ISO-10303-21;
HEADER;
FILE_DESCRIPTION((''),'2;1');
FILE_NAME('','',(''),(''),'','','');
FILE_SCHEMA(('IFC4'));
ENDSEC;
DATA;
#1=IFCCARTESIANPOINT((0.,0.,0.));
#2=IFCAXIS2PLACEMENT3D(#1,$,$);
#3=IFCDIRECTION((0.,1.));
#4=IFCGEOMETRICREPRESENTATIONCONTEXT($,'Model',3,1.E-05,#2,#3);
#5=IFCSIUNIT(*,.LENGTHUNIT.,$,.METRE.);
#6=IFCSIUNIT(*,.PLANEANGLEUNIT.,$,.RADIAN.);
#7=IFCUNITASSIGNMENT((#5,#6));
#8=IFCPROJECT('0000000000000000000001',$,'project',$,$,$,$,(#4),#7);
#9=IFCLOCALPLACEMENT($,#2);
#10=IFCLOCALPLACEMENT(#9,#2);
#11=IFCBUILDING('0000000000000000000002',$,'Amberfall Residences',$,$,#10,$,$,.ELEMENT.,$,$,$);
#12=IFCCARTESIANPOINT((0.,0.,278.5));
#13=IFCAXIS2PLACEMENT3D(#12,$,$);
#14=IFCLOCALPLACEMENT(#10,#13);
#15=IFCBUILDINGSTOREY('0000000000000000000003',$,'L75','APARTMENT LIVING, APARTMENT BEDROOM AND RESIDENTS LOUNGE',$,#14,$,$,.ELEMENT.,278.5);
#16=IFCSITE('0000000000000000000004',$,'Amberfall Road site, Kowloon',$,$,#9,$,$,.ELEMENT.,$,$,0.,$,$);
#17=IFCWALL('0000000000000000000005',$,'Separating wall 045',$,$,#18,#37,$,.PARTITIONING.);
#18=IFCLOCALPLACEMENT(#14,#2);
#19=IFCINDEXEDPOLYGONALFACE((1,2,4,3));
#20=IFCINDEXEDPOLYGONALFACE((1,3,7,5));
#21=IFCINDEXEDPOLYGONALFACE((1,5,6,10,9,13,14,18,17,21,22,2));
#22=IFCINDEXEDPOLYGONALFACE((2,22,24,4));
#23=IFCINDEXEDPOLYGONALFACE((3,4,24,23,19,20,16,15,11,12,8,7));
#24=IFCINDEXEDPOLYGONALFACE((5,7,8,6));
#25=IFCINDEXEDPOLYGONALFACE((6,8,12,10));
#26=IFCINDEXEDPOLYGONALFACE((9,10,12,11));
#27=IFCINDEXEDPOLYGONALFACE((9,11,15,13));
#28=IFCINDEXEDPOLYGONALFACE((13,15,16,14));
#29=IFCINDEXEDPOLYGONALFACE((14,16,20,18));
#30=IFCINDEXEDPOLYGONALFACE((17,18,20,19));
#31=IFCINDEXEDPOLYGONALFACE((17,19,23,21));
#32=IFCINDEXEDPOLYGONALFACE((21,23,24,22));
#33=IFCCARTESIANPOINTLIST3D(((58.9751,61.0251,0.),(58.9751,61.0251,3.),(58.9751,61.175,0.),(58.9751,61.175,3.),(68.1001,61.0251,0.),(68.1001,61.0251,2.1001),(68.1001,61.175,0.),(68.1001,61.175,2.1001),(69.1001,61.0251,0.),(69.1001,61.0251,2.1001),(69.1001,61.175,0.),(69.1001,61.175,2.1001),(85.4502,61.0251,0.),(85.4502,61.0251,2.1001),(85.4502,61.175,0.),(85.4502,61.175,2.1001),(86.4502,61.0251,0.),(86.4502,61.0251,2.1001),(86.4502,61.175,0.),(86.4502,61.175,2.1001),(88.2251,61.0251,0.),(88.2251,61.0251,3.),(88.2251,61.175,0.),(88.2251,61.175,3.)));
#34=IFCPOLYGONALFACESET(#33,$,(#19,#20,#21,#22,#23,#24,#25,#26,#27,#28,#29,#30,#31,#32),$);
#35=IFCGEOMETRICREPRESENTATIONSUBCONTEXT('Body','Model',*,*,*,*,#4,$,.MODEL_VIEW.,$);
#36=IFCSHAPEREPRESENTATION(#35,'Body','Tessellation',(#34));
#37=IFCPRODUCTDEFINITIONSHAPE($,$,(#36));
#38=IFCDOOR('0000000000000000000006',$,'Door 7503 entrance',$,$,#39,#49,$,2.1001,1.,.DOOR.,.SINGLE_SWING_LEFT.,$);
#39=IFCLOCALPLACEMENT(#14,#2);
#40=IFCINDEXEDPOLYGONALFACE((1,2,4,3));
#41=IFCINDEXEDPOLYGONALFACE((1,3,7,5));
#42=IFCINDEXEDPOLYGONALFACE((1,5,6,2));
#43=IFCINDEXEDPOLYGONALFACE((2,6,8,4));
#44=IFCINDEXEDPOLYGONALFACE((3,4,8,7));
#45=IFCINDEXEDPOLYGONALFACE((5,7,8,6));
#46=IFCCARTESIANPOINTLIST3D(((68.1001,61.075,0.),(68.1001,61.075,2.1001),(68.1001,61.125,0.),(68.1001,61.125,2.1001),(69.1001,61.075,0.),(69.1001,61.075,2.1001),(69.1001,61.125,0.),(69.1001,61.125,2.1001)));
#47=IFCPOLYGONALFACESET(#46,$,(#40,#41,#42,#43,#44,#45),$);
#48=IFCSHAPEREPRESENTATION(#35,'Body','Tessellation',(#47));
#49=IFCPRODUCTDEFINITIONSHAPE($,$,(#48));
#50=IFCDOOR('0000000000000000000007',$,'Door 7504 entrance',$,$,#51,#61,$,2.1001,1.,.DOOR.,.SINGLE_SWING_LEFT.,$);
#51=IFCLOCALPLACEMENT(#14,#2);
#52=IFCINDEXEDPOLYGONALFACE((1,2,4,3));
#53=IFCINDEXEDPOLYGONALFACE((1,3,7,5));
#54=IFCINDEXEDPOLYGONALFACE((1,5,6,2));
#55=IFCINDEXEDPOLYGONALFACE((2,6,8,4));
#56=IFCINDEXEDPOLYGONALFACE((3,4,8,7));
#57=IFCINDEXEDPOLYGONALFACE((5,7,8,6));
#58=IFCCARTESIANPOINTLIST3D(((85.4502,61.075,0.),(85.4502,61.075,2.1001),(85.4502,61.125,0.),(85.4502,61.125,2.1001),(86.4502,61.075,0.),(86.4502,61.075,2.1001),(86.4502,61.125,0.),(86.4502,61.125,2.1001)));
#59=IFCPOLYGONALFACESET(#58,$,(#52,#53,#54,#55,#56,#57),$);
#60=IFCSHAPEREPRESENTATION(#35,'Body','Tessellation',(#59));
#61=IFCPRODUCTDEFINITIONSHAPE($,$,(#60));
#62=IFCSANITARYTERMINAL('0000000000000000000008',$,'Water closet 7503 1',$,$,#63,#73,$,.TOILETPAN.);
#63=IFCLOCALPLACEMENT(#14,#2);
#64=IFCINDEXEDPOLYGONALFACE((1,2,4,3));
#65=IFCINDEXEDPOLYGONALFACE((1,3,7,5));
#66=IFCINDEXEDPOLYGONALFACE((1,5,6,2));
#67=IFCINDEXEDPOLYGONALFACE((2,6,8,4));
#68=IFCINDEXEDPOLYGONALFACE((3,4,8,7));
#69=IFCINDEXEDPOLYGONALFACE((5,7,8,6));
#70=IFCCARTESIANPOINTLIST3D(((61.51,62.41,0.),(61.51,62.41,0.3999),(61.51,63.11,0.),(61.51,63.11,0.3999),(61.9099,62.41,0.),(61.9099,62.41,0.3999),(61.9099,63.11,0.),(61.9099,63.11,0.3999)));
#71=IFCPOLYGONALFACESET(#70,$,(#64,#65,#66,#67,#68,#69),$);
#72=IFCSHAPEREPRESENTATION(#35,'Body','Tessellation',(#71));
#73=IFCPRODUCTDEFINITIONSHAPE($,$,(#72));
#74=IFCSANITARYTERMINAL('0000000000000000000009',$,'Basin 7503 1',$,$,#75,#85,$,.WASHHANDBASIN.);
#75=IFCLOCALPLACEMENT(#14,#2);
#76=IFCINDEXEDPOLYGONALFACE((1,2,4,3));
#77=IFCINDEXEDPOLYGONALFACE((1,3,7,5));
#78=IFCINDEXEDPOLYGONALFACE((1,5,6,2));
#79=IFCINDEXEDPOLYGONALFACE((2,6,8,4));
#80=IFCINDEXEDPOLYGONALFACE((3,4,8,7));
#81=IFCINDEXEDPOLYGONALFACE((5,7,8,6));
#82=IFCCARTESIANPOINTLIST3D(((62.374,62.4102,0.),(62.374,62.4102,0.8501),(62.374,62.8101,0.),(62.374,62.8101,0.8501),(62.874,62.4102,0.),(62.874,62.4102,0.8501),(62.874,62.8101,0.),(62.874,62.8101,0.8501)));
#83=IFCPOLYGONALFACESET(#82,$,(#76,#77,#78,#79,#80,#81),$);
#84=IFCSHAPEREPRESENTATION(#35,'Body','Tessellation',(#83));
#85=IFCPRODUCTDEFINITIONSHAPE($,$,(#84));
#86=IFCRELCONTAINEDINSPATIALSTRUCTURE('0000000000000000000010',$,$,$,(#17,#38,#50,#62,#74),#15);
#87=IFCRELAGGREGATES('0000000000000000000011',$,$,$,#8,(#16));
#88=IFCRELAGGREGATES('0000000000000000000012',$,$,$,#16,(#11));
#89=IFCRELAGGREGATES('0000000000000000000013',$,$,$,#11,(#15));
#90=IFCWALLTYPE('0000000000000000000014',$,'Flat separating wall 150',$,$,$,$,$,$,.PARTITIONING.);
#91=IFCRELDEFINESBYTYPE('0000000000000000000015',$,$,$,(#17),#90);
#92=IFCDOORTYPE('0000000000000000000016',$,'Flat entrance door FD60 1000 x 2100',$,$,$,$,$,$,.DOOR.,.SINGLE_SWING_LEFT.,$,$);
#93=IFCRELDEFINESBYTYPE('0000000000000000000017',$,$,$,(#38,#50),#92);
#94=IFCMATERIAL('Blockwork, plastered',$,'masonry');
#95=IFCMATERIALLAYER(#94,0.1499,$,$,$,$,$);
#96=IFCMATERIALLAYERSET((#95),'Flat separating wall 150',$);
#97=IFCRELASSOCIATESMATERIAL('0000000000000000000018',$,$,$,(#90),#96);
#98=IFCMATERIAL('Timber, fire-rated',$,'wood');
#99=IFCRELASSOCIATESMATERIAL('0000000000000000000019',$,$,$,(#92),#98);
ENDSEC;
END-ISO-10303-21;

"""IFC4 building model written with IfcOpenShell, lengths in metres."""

from ifc_helpers import new_model, si_unit, direction, frame, frame_2d, origin, origin_2d, place, context, subcontext, project, spatial, rectangle, extrude, material, layer, layer_set, type_object, element, fill, save


model = new_model("IFC4")

# Units and contexts
model_context = context("Model", 3, precision=1e-05, world=origin(), true_north=direction((0.0, 1.0)))
body_context = subcontext(model_context, "Body", "Model", "MODEL_VIEW")
ifc_project = project(units=[si_unit("LENGTHUNIT", "METRE"), si_unit("PLANEANGLEUNIT", "RADIAN")], contexts=[model_context])

# Site, building, storey
site_placement = place(None, origin())
site = spatial("IfcSite", under=ifc_project, at=site_placement, Name="Amberfall Road site, Kowloon", CompositionType="ELEMENT", RefElevation=0.0)
building_placement = place(site_placement, origin())
building = spatial("IfcBuilding", under=site, at=building_placement, Name="Amberfall Residences", CompositionType="ELEMENT")
storey_placement = place(building_placement, frame((0.0, 0.0, 278.5)))
storey = spatial("IfcBuildingStorey", under=building, at=storey_placement, Name="L75", Description="APARTMENT LIVING, APARTMENT BEDROOM AND RESIDENTS LOUNGE", CompositionType="ELEMENT", Elevation=278.5)

# Shared definitions
ifc_material_1 = material(Name="Blockwork, plastered", Category="masonry")
ifc_layer_1 = layer(ifc_material_1, 0.1499)
ifc_layer_set_1 = layer_set([ifc_layer_1], Name="Flat separating wall 150")
wall_type_1 = type_object("IfcWallType", Name="Flat separating wall 150", PredefinedType="PARTITIONING", material=ifc_layer_set_1)

# Wall, openings, doors
wall_1_placement = place(storey_placement, frame((58.9751, 61.1001, 0.0), z_axis=(0.0, 0.0, 1.0), x_axis=(1.0, 0.0, 0.0)))
wall_1 = element("IfcWall", 1, at=wall_1_placement, inside=storey, type_object=wall_type_1, Name="Separating wall 045", PredefinedType="PARTITIONING", context=body_context, shape_type="SweptSolid", body=[
    extrude(rectangle(XDim=29.25, YDim=0.1499, at=frame_2d((14.625, 0.0))), origin(), (0.0, 0.0, 1.0), 3.0),
])
opening_1_placement = place(wall_1_placement, frame((9.125, 0.0, 0.0)))
opening_1 = element("IfcOpeningElement", 2, at=opening_1_placement, cuts=wall_1, PredefinedType="OPENING", context=body_context, shape_type="SweptSolid", body=[
    extrude(rectangle(XDim=1.0, YDim=2.1001, at=frame_2d((0.5, 1.05))), frame((0.0, 0.085, 0.0), z_axis=(0.0, -1.0, 0.0), x_axis=(1.0, 0.0, 0.0)), (0.0, 0.0, 1.0), 0.1699),
])
opening_2_placement = place(wall_1_placement, frame((26.4751, 0.0, 0.0)))
opening_2 = element("IfcOpeningElement", 3, at=opening_2_placement, cuts=wall_1, PredefinedType="OPENING", context=body_context, shape_type="SweptSolid", body=[
    extrude(rectangle(XDim=1.0, YDim=2.1001, at=frame_2d((0.5, 1.05))), frame((0.0, 0.085, 0.0), z_axis=(0.0, -1.0, 0.0), x_axis=(1.0, 0.0, 0.0)), (0.0, 0.0, 1.0), 0.1699),
])
ifc_material_2 = material(Name="Timber, fire-rated", Category="wood")
door_type_1 = type_object("IfcDoorType", Name="Flat entrance door FD60 1000 x 2100", OperationType="SINGLE_SWING_LEFT", PredefinedType="DOOR", material=ifc_material_2)
door_1_placement = place(opening_1_placement, origin())
door_1 = element("IfcDoor", 4, at=door_1_placement, inside=storey, type_object=door_type_1, Name="Door 7503 entrance", OperationType="SINGLE_SWING_LEFT", OverallHeight=2.1001, OverallWidth=1.0, PredefinedType="DOOR", context=body_context, shape_type="SweptSolid", body=[
    extrude(rectangle(XDim=1.0, YDim=2.1001, at=frame_2d((0.5, 1.05))), frame((0.0, 0.0249, 0.0), z_axis=(0.0, -1.0, 0.0), x_axis=(1.0, 0.0, 0.0)), (0.0, 0.0, 1.0), 0.05),
])
fill(opening_1, door_1)
door_2_placement = place(opening_2_placement, origin())
door_2 = element("IfcDoor", 5, at=door_2_placement, inside=storey, type_object=door_type_1, Name="Door 7504 entrance", OperationType="SINGLE_SWING_LEFT", OverallHeight=2.1001, OverallWidth=1.0, PredefinedType="DOOR", context=body_context, shape_type="SweptSolid", body=[
    extrude(rectangle(XDim=1.0, YDim=2.1001, at=frame_2d((0.5, 1.05))), frame((0.0, 0.0249, 0.0), z_axis=(0.0, -1.0, 0.0), x_axis=(1.0, 0.0, 0.0)), (0.0, 0.0, 1.0), 0.05),
])
fill(opening_2, door_2)

# Sanitary terminals
sanitary_terminal_1_placement = place(storey_placement, frame((61.71, 62.76, 0.0), z_axis=(0.0, 0.0, 1.0), x_axis=(1.0, 0.0, 0.0)))
element("IfcSanitaryTerminal", 6, at=sanitary_terminal_1_placement, inside=storey, Name="Water closet 7503 1", PredefinedType="TOILETPAN", context=body_context, shape_type="SweptSolid", body=[
    extrude(rectangle(XDim=0.3999, YDim=0.7, at=origin_2d()), origin(), (0.0, 0.0, 1.0), 0.3999),
])
sanitary_terminal_2_placement = place(storey_placement, frame((62.624, 62.6101, 0.0), z_axis=(0.0, 0.0, 1.0), x_axis=(1.0, 0.0, 0.0)))
element("IfcSanitaryTerminal", 7, at=sanitary_terminal_2_placement, inside=storey, Name="Basin 7503 1", PredefinedType="WASHHANDBASIN", context=body_context, shape_type="SweptSolid", body=[
    extrude(rectangle(XDim=0.5, YDim=0.3999, at=origin_2d()), origin(), (0.0, 0.0, 1.0), 0.8501),
])

save(model, "model.ifc")
